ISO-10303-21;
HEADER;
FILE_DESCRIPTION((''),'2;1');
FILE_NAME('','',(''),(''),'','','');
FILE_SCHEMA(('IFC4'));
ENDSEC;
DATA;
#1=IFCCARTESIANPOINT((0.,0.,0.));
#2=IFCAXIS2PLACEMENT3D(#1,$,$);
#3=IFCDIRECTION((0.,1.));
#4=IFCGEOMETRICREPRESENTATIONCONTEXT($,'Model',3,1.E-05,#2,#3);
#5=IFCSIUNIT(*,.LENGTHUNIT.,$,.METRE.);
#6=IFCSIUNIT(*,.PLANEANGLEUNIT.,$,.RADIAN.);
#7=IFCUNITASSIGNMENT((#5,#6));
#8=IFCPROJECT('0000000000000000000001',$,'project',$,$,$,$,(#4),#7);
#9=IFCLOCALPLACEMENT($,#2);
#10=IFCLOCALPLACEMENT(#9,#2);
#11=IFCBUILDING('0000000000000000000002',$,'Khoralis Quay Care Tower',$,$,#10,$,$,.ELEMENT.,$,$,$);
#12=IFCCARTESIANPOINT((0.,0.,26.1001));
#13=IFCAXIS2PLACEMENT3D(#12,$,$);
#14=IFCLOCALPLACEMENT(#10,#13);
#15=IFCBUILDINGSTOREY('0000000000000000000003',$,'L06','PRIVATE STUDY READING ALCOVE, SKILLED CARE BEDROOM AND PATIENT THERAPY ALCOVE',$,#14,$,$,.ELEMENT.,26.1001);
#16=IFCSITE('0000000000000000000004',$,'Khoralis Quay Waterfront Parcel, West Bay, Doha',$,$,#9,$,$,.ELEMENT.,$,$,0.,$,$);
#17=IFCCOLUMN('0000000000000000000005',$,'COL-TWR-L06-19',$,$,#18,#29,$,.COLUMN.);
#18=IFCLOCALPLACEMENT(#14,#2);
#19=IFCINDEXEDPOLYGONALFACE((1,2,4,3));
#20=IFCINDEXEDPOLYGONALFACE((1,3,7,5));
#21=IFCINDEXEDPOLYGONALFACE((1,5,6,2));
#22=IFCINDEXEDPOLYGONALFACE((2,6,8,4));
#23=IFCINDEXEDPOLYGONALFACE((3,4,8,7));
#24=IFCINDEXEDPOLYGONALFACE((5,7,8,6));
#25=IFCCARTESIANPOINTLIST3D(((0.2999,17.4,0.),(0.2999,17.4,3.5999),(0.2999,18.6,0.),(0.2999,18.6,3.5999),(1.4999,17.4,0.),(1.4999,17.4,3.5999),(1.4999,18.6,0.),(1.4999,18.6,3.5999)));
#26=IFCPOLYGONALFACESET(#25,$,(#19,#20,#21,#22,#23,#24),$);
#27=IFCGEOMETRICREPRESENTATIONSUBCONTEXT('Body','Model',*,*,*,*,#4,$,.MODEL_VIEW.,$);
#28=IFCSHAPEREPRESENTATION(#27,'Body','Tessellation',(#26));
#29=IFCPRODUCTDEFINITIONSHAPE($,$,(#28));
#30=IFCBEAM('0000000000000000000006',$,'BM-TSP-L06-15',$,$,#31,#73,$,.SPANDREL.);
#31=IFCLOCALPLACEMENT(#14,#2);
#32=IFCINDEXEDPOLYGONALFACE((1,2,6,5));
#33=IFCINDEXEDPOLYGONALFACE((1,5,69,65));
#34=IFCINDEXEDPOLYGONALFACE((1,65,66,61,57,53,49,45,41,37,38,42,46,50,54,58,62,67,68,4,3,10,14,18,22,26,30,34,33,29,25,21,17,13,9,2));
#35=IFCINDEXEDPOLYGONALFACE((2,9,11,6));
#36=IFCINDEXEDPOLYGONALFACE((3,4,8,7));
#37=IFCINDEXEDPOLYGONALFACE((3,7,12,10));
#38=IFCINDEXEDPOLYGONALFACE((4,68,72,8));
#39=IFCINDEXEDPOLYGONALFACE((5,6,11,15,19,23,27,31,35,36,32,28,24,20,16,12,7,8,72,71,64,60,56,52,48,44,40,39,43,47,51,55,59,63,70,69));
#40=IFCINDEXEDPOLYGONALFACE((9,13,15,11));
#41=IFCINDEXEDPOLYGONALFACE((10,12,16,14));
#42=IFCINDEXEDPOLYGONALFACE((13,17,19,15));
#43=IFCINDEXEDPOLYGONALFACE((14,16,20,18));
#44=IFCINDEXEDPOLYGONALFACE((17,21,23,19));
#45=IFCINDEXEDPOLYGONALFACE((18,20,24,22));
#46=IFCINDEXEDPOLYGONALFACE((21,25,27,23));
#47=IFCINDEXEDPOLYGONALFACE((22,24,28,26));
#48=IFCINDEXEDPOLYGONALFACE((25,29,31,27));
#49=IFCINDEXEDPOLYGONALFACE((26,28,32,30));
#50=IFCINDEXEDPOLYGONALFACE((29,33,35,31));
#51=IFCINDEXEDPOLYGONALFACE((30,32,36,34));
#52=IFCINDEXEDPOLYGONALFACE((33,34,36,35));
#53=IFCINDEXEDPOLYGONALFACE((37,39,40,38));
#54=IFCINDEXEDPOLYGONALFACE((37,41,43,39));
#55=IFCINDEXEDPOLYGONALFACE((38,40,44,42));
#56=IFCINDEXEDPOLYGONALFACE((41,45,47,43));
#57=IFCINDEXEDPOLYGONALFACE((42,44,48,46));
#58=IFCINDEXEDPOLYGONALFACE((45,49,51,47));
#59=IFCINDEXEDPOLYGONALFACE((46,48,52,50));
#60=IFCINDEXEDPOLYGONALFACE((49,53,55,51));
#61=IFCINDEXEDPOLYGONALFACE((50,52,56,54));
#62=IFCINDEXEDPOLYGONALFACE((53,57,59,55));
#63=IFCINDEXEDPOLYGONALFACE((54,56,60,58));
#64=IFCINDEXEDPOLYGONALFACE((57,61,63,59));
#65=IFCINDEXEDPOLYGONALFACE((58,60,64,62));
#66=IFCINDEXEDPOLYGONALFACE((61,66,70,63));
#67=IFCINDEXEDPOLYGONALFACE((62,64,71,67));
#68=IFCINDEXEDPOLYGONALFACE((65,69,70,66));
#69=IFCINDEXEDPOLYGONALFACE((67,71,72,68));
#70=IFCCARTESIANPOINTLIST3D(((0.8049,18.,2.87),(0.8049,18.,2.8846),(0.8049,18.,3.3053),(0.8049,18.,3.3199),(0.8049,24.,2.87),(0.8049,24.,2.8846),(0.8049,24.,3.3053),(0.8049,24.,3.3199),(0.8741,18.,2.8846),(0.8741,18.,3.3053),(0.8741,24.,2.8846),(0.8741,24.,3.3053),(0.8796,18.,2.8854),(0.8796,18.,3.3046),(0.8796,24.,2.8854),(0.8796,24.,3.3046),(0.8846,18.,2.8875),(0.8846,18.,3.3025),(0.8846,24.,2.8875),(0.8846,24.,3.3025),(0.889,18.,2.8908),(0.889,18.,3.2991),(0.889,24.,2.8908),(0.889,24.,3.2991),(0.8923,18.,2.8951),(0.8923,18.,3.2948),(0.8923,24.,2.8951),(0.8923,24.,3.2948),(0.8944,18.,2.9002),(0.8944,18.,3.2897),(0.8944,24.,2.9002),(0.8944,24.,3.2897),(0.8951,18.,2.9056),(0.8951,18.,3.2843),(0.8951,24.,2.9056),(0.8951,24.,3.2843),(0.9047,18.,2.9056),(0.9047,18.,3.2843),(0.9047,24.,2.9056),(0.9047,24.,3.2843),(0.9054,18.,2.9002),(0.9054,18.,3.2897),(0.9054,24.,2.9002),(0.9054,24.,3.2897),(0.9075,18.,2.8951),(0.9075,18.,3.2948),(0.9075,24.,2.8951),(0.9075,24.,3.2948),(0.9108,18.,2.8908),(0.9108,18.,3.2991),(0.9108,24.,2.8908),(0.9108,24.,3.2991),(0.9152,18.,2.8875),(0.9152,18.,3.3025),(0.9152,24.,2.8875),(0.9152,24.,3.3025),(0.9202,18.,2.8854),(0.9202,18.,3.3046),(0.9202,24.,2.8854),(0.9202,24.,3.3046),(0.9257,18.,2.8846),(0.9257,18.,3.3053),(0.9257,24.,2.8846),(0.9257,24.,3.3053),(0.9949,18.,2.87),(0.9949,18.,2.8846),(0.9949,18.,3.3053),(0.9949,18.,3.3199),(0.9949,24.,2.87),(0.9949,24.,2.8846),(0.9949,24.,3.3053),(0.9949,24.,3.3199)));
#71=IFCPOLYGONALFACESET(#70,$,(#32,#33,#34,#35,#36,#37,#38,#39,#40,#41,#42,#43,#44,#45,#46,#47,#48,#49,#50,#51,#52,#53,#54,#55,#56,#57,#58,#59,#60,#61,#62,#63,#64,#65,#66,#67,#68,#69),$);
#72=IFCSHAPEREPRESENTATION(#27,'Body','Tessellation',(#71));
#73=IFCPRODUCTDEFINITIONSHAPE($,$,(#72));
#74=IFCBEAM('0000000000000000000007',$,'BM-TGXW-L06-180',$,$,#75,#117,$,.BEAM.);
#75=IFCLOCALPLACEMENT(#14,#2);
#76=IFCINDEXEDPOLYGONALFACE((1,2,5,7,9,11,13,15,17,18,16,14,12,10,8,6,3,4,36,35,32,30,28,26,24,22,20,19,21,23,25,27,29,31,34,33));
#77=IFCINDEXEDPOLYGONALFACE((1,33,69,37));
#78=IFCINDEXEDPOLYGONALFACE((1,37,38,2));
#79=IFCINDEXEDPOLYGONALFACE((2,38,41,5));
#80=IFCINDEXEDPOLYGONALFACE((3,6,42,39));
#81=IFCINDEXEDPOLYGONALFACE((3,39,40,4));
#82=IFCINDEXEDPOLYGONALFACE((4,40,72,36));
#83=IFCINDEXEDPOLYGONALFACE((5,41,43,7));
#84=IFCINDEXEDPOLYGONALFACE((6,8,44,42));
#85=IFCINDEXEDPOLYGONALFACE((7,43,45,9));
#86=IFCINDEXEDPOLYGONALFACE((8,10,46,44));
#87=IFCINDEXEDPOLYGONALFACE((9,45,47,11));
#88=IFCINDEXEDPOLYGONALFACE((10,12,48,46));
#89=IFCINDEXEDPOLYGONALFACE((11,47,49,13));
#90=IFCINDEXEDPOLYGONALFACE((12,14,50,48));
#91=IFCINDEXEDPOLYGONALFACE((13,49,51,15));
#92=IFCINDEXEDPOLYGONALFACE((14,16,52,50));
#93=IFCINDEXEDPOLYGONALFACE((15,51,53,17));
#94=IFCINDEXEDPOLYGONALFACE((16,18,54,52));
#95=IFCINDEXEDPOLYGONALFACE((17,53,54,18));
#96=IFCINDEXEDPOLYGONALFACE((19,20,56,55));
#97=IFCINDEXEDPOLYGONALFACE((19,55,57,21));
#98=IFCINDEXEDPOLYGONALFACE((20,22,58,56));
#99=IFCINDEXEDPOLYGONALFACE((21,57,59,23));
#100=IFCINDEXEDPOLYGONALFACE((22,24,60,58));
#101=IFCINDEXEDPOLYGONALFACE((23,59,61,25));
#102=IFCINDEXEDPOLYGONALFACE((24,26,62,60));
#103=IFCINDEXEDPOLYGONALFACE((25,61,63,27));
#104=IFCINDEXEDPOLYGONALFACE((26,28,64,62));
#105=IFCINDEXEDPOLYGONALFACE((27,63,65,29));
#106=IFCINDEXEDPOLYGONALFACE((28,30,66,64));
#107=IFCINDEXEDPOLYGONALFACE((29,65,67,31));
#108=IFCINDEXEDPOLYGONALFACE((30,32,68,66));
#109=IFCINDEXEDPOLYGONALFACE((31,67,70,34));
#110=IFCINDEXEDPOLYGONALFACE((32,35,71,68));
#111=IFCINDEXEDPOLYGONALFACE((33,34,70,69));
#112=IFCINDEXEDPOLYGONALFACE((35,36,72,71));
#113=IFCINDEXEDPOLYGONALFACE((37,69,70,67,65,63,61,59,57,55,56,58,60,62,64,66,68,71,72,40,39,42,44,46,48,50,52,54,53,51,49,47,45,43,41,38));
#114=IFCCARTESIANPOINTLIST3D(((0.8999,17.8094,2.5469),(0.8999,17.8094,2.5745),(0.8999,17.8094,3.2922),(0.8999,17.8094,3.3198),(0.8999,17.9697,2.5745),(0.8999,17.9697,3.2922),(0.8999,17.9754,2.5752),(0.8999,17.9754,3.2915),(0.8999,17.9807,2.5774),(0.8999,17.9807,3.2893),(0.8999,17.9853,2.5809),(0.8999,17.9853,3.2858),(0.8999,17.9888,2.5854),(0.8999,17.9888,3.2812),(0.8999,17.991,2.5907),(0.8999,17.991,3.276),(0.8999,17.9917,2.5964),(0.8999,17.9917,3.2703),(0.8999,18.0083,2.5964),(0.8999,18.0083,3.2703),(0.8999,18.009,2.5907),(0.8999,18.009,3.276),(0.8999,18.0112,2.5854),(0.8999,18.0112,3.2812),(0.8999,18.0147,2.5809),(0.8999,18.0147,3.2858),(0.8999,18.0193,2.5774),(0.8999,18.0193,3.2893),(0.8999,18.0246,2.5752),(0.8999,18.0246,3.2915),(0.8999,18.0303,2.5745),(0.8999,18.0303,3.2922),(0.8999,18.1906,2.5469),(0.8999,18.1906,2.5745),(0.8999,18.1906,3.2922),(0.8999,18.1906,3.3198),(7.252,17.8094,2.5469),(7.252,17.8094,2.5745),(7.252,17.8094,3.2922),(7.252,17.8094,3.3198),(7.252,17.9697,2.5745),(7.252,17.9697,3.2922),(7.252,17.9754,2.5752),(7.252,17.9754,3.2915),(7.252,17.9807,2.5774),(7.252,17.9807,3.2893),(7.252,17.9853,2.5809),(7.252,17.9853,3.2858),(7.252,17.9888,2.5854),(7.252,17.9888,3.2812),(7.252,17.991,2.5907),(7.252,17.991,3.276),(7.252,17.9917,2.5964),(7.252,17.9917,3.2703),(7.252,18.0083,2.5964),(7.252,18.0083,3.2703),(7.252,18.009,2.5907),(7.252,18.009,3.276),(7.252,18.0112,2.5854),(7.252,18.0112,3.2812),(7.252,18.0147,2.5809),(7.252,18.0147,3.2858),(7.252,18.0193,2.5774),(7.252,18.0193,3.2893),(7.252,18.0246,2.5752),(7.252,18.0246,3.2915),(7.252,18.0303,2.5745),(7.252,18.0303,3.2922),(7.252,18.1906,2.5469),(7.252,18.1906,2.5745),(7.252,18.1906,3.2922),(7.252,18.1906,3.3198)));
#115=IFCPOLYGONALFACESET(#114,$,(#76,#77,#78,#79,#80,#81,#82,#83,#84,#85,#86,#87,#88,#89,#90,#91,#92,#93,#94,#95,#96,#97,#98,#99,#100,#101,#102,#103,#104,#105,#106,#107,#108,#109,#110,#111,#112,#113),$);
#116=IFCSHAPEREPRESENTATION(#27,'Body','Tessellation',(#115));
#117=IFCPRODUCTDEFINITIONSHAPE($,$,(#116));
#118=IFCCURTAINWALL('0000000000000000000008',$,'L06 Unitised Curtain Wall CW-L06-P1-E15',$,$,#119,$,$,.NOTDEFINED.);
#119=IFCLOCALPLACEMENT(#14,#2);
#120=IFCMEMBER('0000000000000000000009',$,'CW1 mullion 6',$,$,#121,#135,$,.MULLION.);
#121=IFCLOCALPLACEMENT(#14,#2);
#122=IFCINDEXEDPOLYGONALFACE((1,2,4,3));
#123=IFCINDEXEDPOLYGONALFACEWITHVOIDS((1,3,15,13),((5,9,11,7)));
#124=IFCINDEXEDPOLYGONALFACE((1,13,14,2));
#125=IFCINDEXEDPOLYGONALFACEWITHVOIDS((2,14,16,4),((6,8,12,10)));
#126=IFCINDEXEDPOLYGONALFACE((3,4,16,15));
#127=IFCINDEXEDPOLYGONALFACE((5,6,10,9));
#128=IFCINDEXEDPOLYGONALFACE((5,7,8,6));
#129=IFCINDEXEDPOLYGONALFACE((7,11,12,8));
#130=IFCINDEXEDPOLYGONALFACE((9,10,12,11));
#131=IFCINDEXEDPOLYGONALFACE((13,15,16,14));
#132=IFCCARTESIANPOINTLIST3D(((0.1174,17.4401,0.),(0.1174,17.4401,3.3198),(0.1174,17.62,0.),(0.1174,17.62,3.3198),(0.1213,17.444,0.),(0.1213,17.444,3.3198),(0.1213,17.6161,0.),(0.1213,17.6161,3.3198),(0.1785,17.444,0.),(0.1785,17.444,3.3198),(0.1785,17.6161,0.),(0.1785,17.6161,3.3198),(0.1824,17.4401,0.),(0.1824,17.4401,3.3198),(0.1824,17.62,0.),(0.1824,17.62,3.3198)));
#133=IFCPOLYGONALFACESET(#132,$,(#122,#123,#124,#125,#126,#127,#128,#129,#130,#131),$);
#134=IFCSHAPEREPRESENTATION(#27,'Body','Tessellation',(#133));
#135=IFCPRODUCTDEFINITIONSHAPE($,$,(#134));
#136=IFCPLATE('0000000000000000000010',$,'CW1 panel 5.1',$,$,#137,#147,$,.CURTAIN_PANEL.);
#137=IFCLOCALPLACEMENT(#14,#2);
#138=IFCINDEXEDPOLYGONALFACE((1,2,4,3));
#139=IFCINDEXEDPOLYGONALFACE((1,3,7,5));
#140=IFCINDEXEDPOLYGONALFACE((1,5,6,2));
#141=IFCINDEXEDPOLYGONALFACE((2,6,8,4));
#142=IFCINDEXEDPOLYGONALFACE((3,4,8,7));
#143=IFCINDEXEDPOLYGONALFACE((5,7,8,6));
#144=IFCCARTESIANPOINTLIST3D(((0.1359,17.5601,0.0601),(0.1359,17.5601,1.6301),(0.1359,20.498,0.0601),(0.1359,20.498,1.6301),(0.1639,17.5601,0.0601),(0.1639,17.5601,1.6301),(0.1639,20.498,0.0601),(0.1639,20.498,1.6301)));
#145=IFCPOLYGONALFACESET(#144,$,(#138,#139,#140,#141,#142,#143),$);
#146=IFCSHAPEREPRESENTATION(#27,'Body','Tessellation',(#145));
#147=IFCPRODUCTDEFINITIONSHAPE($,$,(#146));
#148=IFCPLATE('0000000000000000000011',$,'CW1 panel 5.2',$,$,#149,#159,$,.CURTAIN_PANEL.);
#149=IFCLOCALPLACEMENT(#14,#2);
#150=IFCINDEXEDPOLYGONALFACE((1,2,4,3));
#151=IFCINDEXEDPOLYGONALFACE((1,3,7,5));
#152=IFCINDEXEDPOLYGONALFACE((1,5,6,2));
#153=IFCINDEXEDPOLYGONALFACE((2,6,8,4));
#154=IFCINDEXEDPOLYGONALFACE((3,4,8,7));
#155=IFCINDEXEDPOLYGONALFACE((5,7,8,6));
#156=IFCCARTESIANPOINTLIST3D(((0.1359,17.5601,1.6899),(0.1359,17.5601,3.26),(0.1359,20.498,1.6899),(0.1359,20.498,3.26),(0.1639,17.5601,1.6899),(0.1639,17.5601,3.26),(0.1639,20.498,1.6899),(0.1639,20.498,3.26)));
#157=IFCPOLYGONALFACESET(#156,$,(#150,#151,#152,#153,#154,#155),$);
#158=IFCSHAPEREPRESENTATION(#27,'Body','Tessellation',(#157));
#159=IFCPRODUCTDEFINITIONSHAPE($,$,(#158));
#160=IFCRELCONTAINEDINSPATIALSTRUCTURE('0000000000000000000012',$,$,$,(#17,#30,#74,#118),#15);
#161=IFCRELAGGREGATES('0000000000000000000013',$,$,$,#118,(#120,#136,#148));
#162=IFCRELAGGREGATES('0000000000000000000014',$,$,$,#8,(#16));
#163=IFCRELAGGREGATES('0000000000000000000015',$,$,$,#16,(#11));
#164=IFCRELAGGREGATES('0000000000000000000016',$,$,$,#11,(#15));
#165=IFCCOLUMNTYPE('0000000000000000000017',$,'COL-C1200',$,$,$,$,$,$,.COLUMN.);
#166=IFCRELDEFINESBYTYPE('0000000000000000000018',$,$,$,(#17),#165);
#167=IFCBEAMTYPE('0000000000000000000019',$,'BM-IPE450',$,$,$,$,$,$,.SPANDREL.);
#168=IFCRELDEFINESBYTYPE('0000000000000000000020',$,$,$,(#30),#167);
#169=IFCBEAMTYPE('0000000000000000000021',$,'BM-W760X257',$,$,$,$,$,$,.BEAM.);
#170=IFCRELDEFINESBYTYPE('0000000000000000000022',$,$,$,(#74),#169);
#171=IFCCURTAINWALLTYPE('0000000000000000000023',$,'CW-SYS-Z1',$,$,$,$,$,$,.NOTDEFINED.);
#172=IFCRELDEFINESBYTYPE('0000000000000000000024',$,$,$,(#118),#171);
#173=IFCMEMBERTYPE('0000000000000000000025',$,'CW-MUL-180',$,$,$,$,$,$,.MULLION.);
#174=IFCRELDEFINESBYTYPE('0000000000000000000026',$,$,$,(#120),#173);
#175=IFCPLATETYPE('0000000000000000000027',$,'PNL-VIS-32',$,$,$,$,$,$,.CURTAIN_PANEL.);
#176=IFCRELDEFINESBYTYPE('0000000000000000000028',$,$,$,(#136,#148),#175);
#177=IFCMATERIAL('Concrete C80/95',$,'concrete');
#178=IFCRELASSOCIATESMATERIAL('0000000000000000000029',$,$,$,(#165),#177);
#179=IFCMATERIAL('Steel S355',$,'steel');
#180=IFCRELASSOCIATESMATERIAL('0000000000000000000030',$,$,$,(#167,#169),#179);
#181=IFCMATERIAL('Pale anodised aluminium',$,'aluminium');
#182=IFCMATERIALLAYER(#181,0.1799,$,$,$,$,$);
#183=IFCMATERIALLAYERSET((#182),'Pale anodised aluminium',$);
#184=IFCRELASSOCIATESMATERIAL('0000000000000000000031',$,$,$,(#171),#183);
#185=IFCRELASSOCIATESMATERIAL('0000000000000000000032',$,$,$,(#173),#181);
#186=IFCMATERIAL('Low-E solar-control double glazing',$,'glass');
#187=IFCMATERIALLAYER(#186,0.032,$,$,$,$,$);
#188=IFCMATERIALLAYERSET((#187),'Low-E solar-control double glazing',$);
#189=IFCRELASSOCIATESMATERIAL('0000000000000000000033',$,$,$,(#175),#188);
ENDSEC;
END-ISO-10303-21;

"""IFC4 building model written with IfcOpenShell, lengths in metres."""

from ifc_helpers import new_model, si_unit, direction, frame, origin, origin_2d, place, context, subcontext, project, spatial, rectangle, hollow_rectangle, i_section, extrude, source, transform, mapped, material, layer, layer_set, material_profile, profile_set, type_object, element, aggregate, save


model = new_model("IFC4")

# Units and contexts
model_context = context("Model", 3, precision=1e-05, world=origin(), true_north=direction((0.0, 1.0)))
body_context = subcontext(model_context, "Body", "Model", "MODEL_VIEW")
ifc_project = project(units=[si_unit("LENGTHUNIT", "METRE"), si_unit("PLANEANGLEUNIT", "RADIAN")], contexts=[model_context])

# Site, building, storey
site_placement = place(None, origin())
site = spatial("IfcSite", under=ifc_project, at=site_placement, Name="Khoralis Quay Waterfront Parcel, West Bay, Doha", CompositionType="ELEMENT", RefElevation=0.0)
building_placement = place(site_placement, origin())
building = spatial("IfcBuilding", under=site, at=building_placement, Name="Khoralis Quay Care Tower", CompositionType="ELEMENT")
storey_placement = place(building_placement, frame((0.0, 0.0, 26.1001)))
storey = spatial("IfcBuildingStorey", under=building, at=storey_placement, Name="L06", Description="PRIVATE STUDY READING ALCOVE, SKILLED CARE BEDROOM AND PATIENT THERAPY ALCOVE", CompositionType="ELEMENT", Elevation=26.1001)

# Column
ifc_material_1 = material(Name="Concrete C80/95", Category="concrete")
ifc_material_profile_1 = material_profile(ifc_material_1, rectangle(XDim=1.2, YDim=1.2, at=origin_2d()), Name="Concrete C80/95")
ifc_profile_set_1 = profile_set([ifc_material_profile_1], Name="Concrete C80/95")
column_type = type_object("IfcColumnType", Name="COL-C1200", PredefinedType="COLUMN", material=ifc_profile_set_1)
shared_shape_1 = source(origin(), body_context, "Body", "SweptSolid", [
    extrude(rectangle(XDim=1.2, YDim=1.2, at=origin_2d()), origin(), (0.0, 0.0, 1.0), 3.5999),
])
column_placement = place(storey_placement, frame((0.8999, 18.0, 0.0), z_axis=(0.0, 0.0, 1.0), x_axis=(1.0, 0.0, 0.0)))
element("IfcColumn", 1, at=column_placement, inside=storey, type_object=column_type, Name="COL-TWR-L06-19", PredefinedType="COLUMN", context=body_context, shape_type="MappedRepresentation", body=[
    mapped(shared_shape_1, transform((0.0, 0.0, 0.0), scale=1.0)),
])

# Beams
ifc_material_2 = material(Name="Steel S355", Category="steel")
ifc_material_profile_2 = material_profile(ifc_material_2, i_section(OverallWidth=0.1899, OverallDepth=0.45, WebThickness=0.0095, FlangeThickness=0.0146, FilletRadius=0.021, at=origin_2d()), Name="Steel S355")
ifc_profile_set_2 = profile_set([ifc_material_profile_2], Name="Steel S355")
beam_type_1 = type_object("IfcBeamType", Name="BM-IPE450", PredefinedType="SPANDREL", material=ifc_profile_set_2)
shared_shape_2 = source(origin(), body_context, "Body", "SweptSolid", [
    extrude(i_section(OverallWidth=0.1899, OverallDepth=0.45, WebThickness=0.0095, FlangeThickness=0.0146, FilletRadius=0.021, at=origin_2d()), origin(), (0.0, 0.0, 1.0), 6.0),
])
beam_1_placement = place(storey_placement, frame((0.8999, 18.0, 3.095), z_axis=(0.0, 1.0, 0.0), x_axis=(-1.0, 0.0, 0.0)))
element("IfcBeam", 2, at=beam_1_placement, inside=storey, type_object=beam_type_1, Name="BM-TSP-L06-15", PredefinedType="SPANDREL", context=body_context, shape_type="MappedRepresentation", body=[
    mapped(shared_shape_2, transform((0.0, 0.0, 0.0), scale=1.0)),
])
ifc_material_profile_3 = material_profile(ifc_material_2, i_section(OverallWidth=0.3811, OverallDepth=0.7729, WebThickness=0.0166, FlangeThickness=0.0276, FilletRadius=0.022, at=origin_2d()), Name="Steel S355")
ifc_profile_set_3 = profile_set([ifc_material_profile_3], Name="Steel S355")
beam_type_2 = type_object("IfcBeamType", Name="BM-W760X257", PredefinedType="BEAM", material=ifc_profile_set_3)
shared_shape_3 = source(origin(), body_context, "Body", "SweptSolid", [
    extrude(i_section(OverallWidth=0.3811, OverallDepth=0.7729, WebThickness=0.0166, FlangeThickness=0.0276, FilletRadius=0.022, at=origin_2d()), origin(), (0.0, 0.0, 1.0), 6.3521),
])
beam_2_placement = place(storey_placement, frame((0.8999, 18.0, 2.9333), z_axis=(1.0, 0.0, 0.0), x_axis=(0.0, 1.0, 0.0)))
element("IfcBeam", 3, at=beam_2_placement, inside=storey, type_object=beam_type_2, Name="BM-TGXW-L06-180", PredefinedType="BEAM", context=body_context, shape_type="MappedRepresentation", body=[
    mapped(shared_shape_3, transform((0.0, 0.0, 0.0), scale=1.0)),
])

# Curtain wall, member, plates
ifc_material_3 = material(Name="Pale anodised aluminium", Category="aluminium")
ifc_layer_1 = layer(ifc_material_3, 0.1799)
ifc_layer_set_1 = layer_set([ifc_layer_1], Name="Pale anodised aluminium")
curtain_wall_type = type_object("IfcCurtainWallType", Name="CW-SYS-Z1", PredefinedType="NOTDEFINED", material=ifc_layer_set_1)
curtain_wall_placement = place(storey_placement, origin())
curtain_wall = element("IfcCurtainWall", 4, at=curtain_wall_placement, inside=storey, type_object=curtain_wall_type, Name="L06 Unitised Curtain Wall CW-L06-P1-E15", PredefinedType="NOTDEFINED")
ifc_material_profile_4 = material_profile(ifc_material_3, hollow_rectangle(XDim=0.0649, YDim=0.1799, WallThickness=0.0039, at=origin_2d()), Name="Pale anodised aluminium")
ifc_profile_set_4 = profile_set([ifc_material_profile_4], Name="Pale anodised aluminium")
member_type = type_object("IfcMemberType", Name="CW-MUL-180", PredefinedType="MULLION", material=ifc_profile_set_4)
shared_shape_4 = source(origin(), body_context, "Body", "SweptSolid", [
    extrude(hollow_rectangle(XDim=0.0649, YDim=0.1799, WallThickness=0.0039, at=origin_2d()), origin(), (0.0, 0.0, 1.0), 3.3198),
])
member_placement = place(storey_placement, frame((0.1499, 17.53, 0.0), z_axis=(0.0, 0.0, 1.0), x_axis=(1.0, 0.0, 0.0)))
member = element("IfcMember", 5, at=member_placement, type_object=member_type, Name="CW1 mullion 6", PredefinedType="MULLION", context=body_context, shape_type="MappedRepresentation", body=[
    mapped(shared_shape_4, transform((0.0, 0.0, 0.0), scale=1.0)),
])
ifc_material_4 = material(Name="Low-E solar-control double glazing", Category="glass")
ifc_layer_2 = layer(ifc_material_4, 0.032)
ifc_layer_set_2 = layer_set([ifc_layer_2], Name="Low-E solar-control double glazing")
plate_type = type_object("IfcPlateType", Name="PNL-VIS-32", PredefinedType="CURTAIN_PANEL", material=ifc_layer_set_2)
shared_shape_5 = source(origin(), body_context, "Body", "SweptSolid", [
    extrude(rectangle(XDim=2.938, YDim=0.0281, at=origin_2d()), origin(), (0.0, 0.0, 1.0), 1.5701),
])
plate_1_placement = place(storey_placement, frame((0.1499, 19.0291, 0.0601), z_axis=(0.0, 0.0, 1.0), x_axis=(0.0, -1.0, 0.0)))
plate_1 = element("IfcPlate", 6, at=plate_1_placement, type_object=plate_type, Name="CW1 panel 5.1", PredefinedType="CURTAIN_PANEL", context=body_context, shape_type="MappedRepresentation", body=[
    mapped(shared_shape_5, transform((0.0, 0.0, 0.0), scale=1.0)),
])
plate_2_placement = place(storey_placement, frame((0.1499, 19.0291, 1.6899), z_axis=(0.0, 0.0, 1.0), x_axis=(0.0, -1.0, 0.0)))
plate_2 = element("IfcPlate", 7, at=plate_2_placement, type_object=plate_type, Name="CW1 panel 5.2", PredefinedType="CURTAIN_PANEL", context=body_context, shape_type="MappedRepresentation", body=[
    mapped(shared_shape_5, transform((0.0, 0.0, 0.0), scale=1.0)),
])
aggregate(curtain_wall, [member, plate_1, plate_2])

save(model, "model.ifc")
